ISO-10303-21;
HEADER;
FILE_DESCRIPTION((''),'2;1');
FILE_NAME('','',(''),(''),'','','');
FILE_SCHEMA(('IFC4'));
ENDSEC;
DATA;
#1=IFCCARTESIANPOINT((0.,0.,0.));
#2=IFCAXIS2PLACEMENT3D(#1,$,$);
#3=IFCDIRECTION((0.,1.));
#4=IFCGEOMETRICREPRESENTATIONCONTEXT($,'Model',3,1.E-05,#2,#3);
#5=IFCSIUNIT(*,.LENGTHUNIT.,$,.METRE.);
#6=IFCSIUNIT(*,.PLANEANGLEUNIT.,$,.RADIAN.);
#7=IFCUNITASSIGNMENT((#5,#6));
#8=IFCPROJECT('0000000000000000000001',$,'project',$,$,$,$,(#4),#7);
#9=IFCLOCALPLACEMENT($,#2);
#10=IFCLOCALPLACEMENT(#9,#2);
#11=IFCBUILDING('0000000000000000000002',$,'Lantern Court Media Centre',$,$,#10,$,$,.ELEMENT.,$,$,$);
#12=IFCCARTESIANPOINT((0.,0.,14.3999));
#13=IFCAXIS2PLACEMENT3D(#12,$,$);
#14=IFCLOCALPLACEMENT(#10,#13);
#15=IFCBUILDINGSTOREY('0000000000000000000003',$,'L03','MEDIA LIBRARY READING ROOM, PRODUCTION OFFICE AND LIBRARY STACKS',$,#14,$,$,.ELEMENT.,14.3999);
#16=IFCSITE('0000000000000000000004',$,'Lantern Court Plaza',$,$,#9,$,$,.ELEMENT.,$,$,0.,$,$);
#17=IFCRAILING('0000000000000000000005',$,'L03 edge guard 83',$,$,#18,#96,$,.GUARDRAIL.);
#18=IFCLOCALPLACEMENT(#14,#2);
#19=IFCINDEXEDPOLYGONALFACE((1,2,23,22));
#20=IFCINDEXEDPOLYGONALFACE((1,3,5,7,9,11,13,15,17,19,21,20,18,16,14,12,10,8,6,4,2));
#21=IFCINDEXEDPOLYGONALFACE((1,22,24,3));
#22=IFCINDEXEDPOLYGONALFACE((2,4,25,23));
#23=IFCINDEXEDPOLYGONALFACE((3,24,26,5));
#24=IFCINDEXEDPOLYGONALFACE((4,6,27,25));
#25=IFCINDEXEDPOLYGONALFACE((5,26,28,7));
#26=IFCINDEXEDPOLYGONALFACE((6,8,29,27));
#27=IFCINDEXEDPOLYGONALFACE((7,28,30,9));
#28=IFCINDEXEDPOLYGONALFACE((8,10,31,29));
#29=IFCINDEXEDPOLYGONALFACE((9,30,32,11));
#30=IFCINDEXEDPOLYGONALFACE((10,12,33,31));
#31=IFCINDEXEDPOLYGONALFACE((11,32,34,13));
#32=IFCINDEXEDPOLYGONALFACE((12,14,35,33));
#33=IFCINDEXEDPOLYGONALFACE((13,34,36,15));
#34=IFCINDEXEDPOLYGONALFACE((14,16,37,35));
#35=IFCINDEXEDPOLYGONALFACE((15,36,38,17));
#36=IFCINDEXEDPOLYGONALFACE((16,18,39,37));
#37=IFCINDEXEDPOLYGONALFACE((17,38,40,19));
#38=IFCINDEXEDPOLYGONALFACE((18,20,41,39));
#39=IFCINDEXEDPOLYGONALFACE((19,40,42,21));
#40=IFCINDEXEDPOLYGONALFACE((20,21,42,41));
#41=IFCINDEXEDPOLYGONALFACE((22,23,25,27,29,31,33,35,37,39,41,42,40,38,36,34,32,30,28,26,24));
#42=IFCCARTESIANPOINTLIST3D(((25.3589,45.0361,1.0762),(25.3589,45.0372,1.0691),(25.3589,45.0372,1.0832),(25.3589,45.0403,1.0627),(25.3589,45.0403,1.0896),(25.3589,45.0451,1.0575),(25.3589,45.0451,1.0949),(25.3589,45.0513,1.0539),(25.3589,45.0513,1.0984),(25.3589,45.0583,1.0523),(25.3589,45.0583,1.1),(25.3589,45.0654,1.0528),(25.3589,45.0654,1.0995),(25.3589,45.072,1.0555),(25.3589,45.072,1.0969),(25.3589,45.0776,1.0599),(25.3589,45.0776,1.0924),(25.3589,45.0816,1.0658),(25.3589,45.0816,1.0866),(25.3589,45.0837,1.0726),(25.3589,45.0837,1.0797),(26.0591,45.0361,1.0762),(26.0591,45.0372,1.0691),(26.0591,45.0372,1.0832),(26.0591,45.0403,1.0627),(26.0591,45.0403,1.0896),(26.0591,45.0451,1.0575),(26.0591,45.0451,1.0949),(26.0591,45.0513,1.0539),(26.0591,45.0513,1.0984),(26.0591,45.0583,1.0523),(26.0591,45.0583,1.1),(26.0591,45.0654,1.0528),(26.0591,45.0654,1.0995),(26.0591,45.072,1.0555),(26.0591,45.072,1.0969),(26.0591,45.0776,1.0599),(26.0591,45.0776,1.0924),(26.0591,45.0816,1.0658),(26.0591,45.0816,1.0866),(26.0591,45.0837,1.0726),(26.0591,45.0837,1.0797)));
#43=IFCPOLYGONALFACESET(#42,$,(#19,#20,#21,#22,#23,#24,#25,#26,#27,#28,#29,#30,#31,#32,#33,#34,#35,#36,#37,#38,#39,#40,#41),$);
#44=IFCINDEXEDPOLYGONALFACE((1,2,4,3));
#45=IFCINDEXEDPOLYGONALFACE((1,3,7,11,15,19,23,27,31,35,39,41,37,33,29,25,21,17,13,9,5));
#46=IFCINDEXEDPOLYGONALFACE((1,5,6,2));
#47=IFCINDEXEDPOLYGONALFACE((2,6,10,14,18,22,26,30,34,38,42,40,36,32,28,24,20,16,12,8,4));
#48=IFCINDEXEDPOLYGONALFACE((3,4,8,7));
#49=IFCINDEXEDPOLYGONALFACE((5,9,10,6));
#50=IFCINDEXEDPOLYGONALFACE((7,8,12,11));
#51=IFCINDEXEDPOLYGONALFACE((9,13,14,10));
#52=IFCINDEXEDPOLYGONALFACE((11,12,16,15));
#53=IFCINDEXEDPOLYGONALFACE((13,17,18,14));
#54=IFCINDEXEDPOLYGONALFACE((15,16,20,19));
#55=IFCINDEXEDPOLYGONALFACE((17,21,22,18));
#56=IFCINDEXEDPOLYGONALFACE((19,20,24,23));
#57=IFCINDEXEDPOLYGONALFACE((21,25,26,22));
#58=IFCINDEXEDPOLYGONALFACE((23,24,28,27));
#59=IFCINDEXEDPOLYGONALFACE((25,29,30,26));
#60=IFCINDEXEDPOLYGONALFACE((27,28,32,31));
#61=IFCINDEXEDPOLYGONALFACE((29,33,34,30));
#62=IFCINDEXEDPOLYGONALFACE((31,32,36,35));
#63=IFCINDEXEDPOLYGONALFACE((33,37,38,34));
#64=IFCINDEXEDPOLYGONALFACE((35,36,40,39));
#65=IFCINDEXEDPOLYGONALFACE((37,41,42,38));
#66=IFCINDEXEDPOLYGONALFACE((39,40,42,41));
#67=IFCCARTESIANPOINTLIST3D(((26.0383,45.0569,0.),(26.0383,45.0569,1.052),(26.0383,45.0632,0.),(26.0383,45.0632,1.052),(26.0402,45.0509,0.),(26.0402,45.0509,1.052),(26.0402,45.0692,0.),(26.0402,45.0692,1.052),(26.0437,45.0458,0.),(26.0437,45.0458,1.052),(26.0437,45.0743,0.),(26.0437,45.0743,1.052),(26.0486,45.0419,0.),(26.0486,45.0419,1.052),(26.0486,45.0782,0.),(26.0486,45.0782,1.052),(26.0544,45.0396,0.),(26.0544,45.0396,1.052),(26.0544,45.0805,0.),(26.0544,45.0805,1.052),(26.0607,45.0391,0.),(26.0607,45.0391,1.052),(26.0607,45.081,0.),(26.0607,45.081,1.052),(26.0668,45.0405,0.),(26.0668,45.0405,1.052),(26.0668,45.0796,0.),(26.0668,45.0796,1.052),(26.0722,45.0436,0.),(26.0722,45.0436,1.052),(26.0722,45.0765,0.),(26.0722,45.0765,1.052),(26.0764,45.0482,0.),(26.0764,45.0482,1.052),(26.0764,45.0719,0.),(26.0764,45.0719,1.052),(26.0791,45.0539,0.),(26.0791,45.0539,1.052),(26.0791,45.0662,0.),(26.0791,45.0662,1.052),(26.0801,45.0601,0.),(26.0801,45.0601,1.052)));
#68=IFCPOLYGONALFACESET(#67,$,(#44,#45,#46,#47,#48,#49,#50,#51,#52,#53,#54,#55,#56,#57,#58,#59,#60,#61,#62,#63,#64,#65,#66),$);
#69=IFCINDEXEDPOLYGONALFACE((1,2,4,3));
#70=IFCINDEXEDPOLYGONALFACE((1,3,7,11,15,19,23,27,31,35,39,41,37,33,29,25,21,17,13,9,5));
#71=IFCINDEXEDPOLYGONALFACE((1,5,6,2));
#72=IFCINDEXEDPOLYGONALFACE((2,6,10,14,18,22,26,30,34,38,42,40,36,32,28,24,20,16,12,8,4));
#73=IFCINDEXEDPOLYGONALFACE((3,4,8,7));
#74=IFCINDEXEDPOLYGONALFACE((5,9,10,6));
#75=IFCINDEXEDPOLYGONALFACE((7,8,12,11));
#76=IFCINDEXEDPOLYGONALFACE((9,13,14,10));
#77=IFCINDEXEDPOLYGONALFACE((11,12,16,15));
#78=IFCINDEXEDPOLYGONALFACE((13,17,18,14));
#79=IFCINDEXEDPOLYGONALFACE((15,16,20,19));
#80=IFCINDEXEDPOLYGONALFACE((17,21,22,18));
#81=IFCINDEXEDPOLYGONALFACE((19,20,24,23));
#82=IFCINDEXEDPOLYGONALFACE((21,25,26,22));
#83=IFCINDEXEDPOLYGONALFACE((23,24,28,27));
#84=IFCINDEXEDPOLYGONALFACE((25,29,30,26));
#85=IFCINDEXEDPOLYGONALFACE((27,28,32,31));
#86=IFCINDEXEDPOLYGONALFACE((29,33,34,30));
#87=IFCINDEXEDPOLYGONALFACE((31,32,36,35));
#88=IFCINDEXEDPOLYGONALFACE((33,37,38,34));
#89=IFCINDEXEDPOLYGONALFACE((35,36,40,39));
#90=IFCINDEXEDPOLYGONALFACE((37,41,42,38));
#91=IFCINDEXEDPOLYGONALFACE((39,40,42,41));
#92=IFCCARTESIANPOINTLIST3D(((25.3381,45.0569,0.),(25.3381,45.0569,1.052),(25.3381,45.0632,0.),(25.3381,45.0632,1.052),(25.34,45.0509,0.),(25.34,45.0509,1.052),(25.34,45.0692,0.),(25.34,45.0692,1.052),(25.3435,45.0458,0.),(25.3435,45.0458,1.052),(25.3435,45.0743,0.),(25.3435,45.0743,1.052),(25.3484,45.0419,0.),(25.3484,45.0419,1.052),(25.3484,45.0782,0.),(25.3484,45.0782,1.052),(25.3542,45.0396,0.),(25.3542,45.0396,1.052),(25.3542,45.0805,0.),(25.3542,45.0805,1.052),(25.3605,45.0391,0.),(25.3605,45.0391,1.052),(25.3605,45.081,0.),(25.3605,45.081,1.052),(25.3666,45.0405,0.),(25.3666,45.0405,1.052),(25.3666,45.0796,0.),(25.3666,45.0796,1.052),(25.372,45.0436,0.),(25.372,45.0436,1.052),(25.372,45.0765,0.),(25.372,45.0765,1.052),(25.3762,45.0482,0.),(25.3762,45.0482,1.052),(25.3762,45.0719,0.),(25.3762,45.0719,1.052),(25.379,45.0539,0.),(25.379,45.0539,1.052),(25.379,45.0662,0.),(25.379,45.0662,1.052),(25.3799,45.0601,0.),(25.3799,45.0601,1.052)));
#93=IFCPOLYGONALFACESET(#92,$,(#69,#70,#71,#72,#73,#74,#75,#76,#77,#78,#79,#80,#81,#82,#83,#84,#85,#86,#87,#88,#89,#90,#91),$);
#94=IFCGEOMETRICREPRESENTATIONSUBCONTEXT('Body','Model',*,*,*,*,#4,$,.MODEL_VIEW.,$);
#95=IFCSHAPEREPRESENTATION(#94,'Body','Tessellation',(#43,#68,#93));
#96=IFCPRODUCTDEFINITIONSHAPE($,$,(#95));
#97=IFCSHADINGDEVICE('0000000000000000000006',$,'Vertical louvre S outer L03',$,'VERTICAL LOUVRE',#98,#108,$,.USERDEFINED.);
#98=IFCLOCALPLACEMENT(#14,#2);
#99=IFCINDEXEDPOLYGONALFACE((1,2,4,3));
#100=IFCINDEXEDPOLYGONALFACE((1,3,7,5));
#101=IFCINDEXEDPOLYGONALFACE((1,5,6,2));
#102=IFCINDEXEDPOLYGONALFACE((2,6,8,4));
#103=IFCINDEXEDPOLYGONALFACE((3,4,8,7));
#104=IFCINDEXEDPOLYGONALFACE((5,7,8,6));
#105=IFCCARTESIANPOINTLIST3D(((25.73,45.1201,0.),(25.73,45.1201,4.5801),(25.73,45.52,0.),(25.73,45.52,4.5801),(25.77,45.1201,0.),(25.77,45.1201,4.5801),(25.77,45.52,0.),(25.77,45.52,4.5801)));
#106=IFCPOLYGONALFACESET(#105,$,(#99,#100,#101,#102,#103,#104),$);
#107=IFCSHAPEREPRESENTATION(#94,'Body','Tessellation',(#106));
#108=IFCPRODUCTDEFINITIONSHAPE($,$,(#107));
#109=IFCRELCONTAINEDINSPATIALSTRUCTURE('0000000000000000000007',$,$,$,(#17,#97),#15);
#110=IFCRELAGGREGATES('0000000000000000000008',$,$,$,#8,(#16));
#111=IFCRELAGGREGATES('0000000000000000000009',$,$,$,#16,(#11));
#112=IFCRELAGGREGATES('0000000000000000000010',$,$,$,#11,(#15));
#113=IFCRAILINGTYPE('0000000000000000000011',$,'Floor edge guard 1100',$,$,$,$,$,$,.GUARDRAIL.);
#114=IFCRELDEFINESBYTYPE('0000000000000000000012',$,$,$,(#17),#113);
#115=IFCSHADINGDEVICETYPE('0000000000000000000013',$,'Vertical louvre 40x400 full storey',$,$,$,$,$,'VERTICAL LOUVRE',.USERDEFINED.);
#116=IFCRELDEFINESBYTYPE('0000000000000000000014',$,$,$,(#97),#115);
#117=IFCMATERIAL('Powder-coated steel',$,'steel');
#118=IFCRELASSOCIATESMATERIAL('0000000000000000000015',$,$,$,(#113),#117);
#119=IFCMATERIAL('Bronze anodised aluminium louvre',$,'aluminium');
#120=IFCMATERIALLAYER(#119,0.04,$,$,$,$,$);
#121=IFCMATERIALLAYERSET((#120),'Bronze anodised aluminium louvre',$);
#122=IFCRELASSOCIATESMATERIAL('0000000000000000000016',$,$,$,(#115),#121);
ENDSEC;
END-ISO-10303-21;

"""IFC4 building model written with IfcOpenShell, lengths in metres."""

from ifc_helpers import new_model, si_unit, direction, frame, origin, origin_2d, place, context, subcontext, project, spatial, rectangle, circle, extrude, material, layer, layer_set, type_object, element, save


model = new_model("IFC4")

# Units and contexts
model_context = context("Model", 3, precision=1e-05, world=origin(), true_north=direction((0.0, 1.0)))
body_context = subcontext(model_context, "Body", "Model", "MODEL_VIEW")
ifc_project = project(units=[si_unit("LENGTHUNIT", "METRE"), si_unit("PLANEANGLEUNIT", "RADIAN")], contexts=[model_context])

# Site, building, storey
site_placement = place(None, origin())
site = spatial("IfcSite", under=ifc_project, at=site_placement, Name="Lantern Court Plaza", CompositionType="ELEMENT", RefElevation=0.0)
building_placement = place(site_placement, origin())
building = spatial("IfcBuilding", under=site, at=building_placement, Name="Lantern Court Media Centre", CompositionType="ELEMENT")
storey_placement = place(building_placement, frame((0.0, 0.0, 14.3999)))
storey = spatial("IfcBuildingStorey", under=building, at=storey_placement, Name="L03", Description="MEDIA LIBRARY READING ROOM, PRODUCTION OFFICE AND LIBRARY STACKS", CompositionType="ELEMENT", Elevation=14.3999)

# Railing
ifc_material_1 = material(Name="Powder-coated steel", Category="steel")
railing_type = type_object("IfcRailingType", Name="Floor edge guard 1100", PredefinedType="GUARDRAIL", material=ifc_material_1)
railing_placement = place(storey_placement, frame((26.0591, 45.0601, 0.0)))
element("IfcRailing", 1, at=railing_placement, inside=storey, type_object=railing_type, Name="L03 edge guard 83", PredefinedType="GUARDRAIL", context=body_context, shape_type="SweptSolid", body=[
    extrude(circle(Radius=0.0239, at=origin_2d()), frame((0.0, 0.0, 1.0762), z_axis=(-1.0, 0.0, 0.0), x_axis=(0.0, -1.0, 0.0)), (0.0, 0.0, 1.0), 0.7002),
    extrude(circle(Radius=0.021, at=origin_2d()), origin(), (0.0, 0.0, 1.0), 1.052),
    extrude(circle(Radius=0.021, at=origin_2d()), frame((-0.7002, 0.0, 0.0)), (0.0, 0.0, 1.0), 1.052),
])

# Shading device
ifc_material_2 = material(Name="Bronze anodised aluminium louvre", Category="aluminium")
ifc_layer_1 = layer(ifc_material_2, 0.04)
ifc_layer_set_1 = layer_set([ifc_layer_1], Name="Bronze anodised aluminium louvre")
shading_device_type = type_object("IfcShadingDeviceType", Name="Vertical louvre 40x400 full storey", ElementType="VERTICAL LOUVRE", PredefinedType="USERDEFINED", material=ifc_layer_set_1)
shading_device_placement = place(storey_placement, frame((25.75, 45.3201, 0.0), z_axis=(0.0, 0.0, 1.0), x_axis=(1.0, 0.0, 0.0)))
element("IfcShadingDevice", 2, at=shading_device_placement, inside=storey, type_object=shading_device_type, Name="Vertical louvre S outer L03", ObjectType="VERTICAL LOUVRE", PredefinedType="USERDEFINED", context=body_context, shape_type="SweptSolid", body=[
    extrude(rectangle(XDim=0.04, YDim=0.3999, at=origin_2d()), origin(), (0.0, 0.0, 1.0), 4.5801),
])

save(model, "model.ifc")
